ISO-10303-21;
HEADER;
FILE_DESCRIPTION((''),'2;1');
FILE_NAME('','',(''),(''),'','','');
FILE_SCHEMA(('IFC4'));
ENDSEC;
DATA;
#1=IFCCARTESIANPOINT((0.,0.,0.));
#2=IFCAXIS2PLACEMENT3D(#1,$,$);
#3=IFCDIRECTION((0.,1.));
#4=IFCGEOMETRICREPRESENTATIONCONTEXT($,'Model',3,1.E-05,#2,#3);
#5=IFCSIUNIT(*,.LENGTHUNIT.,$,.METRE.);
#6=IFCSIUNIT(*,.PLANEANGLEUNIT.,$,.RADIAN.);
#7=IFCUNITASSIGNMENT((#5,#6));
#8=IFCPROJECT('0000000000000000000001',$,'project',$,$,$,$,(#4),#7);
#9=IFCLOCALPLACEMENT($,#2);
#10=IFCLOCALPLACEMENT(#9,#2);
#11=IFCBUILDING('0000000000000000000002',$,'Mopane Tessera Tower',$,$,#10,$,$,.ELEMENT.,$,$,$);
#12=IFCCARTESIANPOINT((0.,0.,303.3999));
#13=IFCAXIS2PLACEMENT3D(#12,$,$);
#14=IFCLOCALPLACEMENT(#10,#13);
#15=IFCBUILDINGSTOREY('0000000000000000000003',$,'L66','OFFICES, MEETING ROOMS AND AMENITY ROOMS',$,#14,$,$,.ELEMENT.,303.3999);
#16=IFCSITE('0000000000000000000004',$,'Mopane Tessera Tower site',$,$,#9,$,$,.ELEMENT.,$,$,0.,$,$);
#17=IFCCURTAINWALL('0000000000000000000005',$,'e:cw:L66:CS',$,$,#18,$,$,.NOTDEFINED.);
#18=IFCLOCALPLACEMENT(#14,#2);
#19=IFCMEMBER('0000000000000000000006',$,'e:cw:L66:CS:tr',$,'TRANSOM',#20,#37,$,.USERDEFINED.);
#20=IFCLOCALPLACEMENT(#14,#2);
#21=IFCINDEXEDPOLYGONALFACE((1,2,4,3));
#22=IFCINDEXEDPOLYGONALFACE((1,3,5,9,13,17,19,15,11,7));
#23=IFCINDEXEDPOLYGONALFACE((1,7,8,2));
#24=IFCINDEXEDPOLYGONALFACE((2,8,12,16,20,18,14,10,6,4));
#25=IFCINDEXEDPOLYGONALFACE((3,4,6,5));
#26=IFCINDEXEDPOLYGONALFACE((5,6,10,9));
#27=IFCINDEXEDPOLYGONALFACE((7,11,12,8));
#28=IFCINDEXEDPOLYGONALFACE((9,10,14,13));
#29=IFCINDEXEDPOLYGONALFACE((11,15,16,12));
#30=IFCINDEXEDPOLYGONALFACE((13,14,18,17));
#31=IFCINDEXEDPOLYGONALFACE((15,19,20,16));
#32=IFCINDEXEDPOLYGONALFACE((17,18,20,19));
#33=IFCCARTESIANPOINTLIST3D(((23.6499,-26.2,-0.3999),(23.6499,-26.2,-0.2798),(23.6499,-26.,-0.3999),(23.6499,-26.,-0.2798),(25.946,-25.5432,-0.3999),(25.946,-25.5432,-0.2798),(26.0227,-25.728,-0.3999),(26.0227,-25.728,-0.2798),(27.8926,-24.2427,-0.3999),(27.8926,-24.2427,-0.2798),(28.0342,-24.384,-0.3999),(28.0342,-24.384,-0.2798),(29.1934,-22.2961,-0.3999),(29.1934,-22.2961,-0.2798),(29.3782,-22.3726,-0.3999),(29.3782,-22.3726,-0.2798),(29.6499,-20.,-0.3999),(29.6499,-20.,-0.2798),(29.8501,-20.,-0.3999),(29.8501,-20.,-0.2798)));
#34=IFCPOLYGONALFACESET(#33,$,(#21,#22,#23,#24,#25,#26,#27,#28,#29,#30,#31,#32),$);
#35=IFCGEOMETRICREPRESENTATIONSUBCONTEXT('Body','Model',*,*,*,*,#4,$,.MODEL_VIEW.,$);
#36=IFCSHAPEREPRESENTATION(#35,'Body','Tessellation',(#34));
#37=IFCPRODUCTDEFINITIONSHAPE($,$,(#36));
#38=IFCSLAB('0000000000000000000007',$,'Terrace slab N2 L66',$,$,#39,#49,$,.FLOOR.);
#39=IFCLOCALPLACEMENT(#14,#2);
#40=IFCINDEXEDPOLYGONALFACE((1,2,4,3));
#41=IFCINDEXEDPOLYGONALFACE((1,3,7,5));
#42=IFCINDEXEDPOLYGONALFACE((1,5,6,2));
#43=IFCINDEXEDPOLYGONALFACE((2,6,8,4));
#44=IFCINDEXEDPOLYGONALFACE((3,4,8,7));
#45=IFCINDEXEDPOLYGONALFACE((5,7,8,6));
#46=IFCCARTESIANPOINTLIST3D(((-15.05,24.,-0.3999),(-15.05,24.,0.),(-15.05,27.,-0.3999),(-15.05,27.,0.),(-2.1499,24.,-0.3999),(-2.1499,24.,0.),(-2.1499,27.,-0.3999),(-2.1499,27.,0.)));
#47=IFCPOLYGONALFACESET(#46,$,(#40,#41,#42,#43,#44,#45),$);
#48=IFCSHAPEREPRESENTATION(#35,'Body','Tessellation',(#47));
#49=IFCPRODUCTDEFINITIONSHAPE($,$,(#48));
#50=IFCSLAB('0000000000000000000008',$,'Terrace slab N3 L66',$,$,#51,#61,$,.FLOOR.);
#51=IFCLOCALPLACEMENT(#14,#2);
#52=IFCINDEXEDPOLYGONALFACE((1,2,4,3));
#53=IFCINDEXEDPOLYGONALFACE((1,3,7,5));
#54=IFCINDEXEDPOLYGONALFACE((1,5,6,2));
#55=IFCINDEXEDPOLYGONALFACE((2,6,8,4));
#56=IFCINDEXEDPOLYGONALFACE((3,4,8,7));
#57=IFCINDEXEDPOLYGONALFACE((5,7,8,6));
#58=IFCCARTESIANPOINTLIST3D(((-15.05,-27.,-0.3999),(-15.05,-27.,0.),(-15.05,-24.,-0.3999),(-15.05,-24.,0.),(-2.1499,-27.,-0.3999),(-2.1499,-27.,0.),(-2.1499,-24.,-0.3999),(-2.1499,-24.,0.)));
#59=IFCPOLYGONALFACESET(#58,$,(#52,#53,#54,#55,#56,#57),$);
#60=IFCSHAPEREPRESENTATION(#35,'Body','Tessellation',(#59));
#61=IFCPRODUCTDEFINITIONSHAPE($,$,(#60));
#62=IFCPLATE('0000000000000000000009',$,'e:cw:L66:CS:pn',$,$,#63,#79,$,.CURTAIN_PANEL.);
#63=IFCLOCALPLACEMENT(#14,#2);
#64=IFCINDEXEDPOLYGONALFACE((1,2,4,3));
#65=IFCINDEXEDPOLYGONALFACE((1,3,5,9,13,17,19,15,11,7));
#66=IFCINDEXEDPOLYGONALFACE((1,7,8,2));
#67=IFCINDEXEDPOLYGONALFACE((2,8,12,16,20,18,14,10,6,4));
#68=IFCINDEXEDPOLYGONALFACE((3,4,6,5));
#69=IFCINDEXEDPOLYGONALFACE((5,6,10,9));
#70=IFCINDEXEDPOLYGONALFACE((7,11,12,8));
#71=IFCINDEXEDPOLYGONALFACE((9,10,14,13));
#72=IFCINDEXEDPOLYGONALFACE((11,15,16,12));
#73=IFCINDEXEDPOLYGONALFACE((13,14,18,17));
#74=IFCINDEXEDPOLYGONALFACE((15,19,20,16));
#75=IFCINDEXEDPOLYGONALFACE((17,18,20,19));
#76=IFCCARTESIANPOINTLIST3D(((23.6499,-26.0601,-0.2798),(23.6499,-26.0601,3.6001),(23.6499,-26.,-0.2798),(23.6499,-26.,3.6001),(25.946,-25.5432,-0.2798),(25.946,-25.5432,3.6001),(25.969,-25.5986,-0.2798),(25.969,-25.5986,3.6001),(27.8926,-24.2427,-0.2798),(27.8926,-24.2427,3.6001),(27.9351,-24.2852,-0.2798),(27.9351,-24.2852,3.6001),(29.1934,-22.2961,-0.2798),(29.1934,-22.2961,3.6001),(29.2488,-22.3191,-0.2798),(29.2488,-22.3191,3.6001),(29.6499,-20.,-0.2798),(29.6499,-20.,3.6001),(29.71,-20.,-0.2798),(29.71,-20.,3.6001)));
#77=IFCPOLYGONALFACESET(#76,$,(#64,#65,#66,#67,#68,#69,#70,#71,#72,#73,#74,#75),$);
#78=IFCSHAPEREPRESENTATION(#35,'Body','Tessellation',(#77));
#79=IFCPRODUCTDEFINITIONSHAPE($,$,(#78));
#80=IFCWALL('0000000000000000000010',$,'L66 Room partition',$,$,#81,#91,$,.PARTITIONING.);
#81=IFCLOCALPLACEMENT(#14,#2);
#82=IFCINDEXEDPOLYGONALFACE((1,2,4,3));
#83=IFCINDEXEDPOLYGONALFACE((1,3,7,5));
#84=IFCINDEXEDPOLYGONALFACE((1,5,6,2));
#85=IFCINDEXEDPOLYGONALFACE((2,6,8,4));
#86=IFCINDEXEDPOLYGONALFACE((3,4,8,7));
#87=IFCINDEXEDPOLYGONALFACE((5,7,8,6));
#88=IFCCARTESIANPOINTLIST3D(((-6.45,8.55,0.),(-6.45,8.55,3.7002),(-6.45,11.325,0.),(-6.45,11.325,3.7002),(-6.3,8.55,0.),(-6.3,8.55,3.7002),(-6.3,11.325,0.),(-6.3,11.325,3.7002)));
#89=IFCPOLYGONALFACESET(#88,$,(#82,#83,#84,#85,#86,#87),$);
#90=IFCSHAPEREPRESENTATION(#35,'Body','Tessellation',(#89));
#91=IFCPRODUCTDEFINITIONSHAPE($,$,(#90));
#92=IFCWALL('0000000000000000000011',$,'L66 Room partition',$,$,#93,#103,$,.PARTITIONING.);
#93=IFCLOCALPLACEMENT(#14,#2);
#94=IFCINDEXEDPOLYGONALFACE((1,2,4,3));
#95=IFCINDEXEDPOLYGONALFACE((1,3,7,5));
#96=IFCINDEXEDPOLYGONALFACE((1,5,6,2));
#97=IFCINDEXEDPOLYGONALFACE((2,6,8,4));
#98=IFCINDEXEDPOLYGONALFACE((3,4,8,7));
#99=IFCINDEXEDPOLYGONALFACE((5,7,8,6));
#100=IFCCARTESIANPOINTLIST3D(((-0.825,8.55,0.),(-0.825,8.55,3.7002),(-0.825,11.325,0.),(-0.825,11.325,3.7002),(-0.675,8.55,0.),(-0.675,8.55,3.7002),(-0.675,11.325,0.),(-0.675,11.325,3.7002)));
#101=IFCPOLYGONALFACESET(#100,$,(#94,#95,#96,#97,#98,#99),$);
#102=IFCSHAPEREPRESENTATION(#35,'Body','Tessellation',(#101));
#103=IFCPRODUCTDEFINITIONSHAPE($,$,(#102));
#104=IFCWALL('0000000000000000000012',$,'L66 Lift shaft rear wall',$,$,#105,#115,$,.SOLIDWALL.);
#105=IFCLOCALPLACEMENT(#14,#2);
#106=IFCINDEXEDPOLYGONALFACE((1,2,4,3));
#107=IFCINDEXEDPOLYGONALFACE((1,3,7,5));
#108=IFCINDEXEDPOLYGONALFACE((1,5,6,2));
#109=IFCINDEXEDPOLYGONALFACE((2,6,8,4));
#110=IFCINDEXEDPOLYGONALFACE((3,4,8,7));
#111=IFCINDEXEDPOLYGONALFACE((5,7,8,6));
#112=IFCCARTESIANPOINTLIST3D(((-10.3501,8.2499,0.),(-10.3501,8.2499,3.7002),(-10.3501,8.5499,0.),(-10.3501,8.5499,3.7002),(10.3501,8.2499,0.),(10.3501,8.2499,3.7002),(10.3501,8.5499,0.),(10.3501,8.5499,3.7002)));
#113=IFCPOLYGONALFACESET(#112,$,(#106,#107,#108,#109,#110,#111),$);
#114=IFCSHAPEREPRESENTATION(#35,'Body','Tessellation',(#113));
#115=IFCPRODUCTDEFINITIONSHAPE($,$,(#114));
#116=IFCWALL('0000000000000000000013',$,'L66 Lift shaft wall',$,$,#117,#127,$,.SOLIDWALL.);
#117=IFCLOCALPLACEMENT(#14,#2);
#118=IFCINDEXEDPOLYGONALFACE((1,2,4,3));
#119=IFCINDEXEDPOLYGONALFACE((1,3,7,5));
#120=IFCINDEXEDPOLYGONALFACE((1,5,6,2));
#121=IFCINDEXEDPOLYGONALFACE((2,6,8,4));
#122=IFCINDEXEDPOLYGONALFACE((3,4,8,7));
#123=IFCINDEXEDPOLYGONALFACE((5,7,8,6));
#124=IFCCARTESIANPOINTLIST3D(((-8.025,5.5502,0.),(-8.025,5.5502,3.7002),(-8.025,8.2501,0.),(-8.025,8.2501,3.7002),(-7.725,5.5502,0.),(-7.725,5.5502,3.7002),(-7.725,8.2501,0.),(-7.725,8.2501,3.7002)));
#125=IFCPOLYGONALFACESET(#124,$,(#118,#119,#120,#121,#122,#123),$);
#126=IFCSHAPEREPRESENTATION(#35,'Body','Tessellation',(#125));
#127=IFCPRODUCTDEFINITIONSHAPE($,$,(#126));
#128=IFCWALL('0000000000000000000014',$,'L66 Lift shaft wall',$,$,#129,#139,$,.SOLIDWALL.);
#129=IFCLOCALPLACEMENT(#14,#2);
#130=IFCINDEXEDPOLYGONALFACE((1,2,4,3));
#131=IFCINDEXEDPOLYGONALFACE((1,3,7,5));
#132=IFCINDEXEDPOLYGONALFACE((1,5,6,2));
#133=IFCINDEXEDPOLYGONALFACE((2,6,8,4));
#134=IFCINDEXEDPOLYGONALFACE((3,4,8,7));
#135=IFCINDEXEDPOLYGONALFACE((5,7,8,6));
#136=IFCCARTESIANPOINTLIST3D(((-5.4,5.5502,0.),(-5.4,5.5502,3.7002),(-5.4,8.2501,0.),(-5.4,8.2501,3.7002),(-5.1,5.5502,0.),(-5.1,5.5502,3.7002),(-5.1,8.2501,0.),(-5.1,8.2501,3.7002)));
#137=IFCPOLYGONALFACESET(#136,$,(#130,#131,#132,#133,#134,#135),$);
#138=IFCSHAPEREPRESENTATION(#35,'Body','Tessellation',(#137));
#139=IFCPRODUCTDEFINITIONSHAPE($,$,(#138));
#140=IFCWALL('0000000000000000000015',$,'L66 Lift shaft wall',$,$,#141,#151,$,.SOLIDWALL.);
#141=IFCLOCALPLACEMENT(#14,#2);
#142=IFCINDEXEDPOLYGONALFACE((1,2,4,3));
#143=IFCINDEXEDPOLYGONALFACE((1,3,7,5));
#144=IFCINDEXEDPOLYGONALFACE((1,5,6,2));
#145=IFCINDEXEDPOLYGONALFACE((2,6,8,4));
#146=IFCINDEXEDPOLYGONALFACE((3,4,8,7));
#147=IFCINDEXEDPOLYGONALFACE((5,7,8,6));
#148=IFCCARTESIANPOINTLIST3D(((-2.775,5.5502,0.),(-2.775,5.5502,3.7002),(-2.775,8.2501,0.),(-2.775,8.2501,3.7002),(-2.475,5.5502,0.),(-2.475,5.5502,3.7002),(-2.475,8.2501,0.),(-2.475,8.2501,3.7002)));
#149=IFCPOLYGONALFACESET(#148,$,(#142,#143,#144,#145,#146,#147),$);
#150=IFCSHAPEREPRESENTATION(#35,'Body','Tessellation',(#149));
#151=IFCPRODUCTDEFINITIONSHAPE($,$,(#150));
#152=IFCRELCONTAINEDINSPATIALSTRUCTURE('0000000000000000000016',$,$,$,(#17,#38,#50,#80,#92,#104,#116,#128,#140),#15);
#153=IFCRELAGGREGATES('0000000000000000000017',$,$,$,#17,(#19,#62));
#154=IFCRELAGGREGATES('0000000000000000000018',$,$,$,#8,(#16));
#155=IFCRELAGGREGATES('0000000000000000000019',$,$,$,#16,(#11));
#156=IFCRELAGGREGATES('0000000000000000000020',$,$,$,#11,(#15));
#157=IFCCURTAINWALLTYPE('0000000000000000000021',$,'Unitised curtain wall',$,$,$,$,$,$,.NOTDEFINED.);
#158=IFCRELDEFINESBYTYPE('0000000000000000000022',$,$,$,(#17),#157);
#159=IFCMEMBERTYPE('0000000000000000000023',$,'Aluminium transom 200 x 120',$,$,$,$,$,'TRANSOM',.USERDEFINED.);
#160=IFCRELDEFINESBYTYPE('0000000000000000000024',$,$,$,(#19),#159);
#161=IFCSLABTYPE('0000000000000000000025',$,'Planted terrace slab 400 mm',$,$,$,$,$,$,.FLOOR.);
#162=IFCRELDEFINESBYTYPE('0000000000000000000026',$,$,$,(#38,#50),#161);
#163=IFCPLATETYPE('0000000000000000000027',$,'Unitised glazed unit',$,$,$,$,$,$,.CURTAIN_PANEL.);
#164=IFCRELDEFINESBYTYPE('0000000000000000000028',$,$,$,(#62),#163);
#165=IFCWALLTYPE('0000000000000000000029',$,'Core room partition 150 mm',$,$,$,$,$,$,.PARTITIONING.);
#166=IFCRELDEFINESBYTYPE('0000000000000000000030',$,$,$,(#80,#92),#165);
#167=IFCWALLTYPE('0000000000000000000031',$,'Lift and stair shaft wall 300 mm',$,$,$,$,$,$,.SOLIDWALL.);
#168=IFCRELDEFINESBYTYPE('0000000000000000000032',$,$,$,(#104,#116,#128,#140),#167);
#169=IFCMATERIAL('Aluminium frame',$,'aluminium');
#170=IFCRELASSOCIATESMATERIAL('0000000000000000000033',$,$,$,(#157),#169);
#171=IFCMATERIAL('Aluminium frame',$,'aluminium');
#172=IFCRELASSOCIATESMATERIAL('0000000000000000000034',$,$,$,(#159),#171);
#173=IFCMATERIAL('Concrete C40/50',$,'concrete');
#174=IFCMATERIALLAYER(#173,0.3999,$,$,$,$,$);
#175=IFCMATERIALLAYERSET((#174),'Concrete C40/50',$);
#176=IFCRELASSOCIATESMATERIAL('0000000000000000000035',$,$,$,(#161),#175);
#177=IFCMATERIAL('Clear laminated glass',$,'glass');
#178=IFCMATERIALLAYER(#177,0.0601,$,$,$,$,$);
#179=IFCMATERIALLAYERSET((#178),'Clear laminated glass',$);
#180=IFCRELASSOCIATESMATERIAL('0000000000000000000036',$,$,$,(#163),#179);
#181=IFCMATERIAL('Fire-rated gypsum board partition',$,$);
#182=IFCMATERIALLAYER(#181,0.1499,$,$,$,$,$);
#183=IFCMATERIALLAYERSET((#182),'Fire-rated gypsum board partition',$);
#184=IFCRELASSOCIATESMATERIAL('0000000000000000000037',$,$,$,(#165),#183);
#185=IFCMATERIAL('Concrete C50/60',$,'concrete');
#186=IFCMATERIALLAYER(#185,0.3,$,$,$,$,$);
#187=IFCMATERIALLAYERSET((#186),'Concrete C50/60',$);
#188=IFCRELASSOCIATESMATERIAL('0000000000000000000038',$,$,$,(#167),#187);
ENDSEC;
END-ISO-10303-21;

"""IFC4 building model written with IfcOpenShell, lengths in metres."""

from ifc_helpers import new_model, si_unit, direction, frame, frame_2d, origin, origin_2d, place, context, subcontext, project, spatial, polyline, rectangle, outline, extrude, material, layer, layer_set, material_profile, profile_set, type_object, element, aggregate, save


model = new_model("IFC4")

# Units and contexts
model_context = context("Model", 3, precision=1e-05, world=origin(), true_north=direction((0.0, 1.0)))
body_context = subcontext(model_context, "Body", "Model", "MODEL_VIEW")
ifc_project = project(units=[si_unit("LENGTHUNIT", "METRE"), si_unit("PLANEANGLEUNIT", "RADIAN")], contexts=[model_context])

# Site, building, storey
site_placement = place(None, origin())
site = spatial("IfcSite", under=ifc_project, at=site_placement, Name="Mopane Tessera Tower site", CompositionType="ELEMENT", RefElevation=0.0)
building_placement = place(site_placement, origin())
building = spatial("IfcBuilding", under=site, at=building_placement, Name="Mopane Tessera Tower", CompositionType="ELEMENT")
storey_placement = place(building_placement, frame((0.0, 0.0, 303.3999)))
storey = spatial("IfcBuildingStorey", under=building, at=storey_placement, Name="L66", Description="OFFICES, MEETING ROOMS AND AMENITY ROOMS", CompositionType="ELEMENT", Elevation=303.3999)

# Curtain wall, member
ifc_material_1 = material(Name="Aluminium frame", Category="aluminium")
curtain_wall_type = type_object("IfcCurtainWallType", Name="Unitised curtain wall", PredefinedType="NOTDEFINED", material=ifc_material_1)
curtain_wall_placement = place(storey_placement, origin())
curtain_wall = element("IfcCurtainWall", 1, at=curtain_wall_placement, inside=storey, type_object=curtain_wall_type, Name="e:cw:L66:CS", PredefinedType="NOTDEFINED")
ifc_material_2 = material(Name="Aluminium frame", Category="aluminium")
ifc_material_profile = material_profile(ifc_material_2, rectangle(XDim=0.2, YDim=0.1201, at=origin_2d()))
ifc_profile_set = profile_set([ifc_material_profile], Name="Aluminium frame")
member_type = type_object("IfcMemberType", Name="Aluminium transom 200 x 120", ElementType="TRANSOM", PredefinedType="USERDEFINED", material=ifc_profile_set)
member_placement = place(storey_placement, frame((0.0, 0.0, -0.3999)))
member = element("IfcMember", 2, at=member_placement, type_object=member_type, Name="e:cw:L66:CS:tr", ObjectType="TRANSOM", PredefinedType="USERDEFINED", context=body_context, shape_type="SweptSolid", body=[
    extrude(outline(polyline([(23.6499, -26.0), (25.946, -25.5432), (27.8926, -24.2427), (29.1934, -22.2961), (29.6499, -20.0), (29.8501, -20.0), (29.3782, -22.3726), (28.0342, -24.384), (26.0227, -25.728), (23.6499, -26.2), (23.6499, -26.0)])), origin(), (0.0, 0.0, 1.0), 0.1201),
])

# Slabs
ifc_material_3 = material(Name="Concrete C40/50", Category="concrete")
ifc_layer_1 = layer(ifc_material_3, 0.3999)
ifc_layer_set_1 = layer_set([ifc_layer_1], Name="Concrete C40/50")
slab_type = type_object("IfcSlabType", Name="Planted terrace slab 400 mm", PredefinedType="FLOOR", material=ifc_layer_set_1)
slab_1_placement = place(storey_placement, frame((0.0, 0.0, -0.3999)))
element("IfcSlab", 3, at=slab_1_placement, inside=storey, type_object=slab_type, Name="Terrace slab N2 L66", PredefinedType="FLOOR", context=body_context, shape_type="SweptSolid", body=[
    extrude(outline(polyline([(-15.05, 27.0), (-15.05, 24.0), (-2.1499, 24.0), (-2.1499, 27.0), (-15.05, 27.0)])), origin(), (0.0, 0.0, 1.0), 0.3999),
])
slab_2_placement = place(storey_placement, frame((0.0, 0.0, -0.3999)))
element("IfcSlab", 4, at=slab_2_placement, inside=storey, type_object=slab_type, Name="Terrace slab N3 L66", PredefinedType="FLOOR", context=body_context, shape_type="SweptSolid", body=[
    extrude(outline(polyline([(-2.1499, -27.0), (-2.1499, -24.0), (-15.05, -24.0), (-15.05, -27.0), (-2.1499, -27.0)])), origin(), (0.0, 0.0, 1.0), 0.3999),
])

# Plate
ifc_material_4 = material(Name="Clear laminated glass", Category="glass")
ifc_layer_2 = layer(ifc_material_4, 0.0601)
ifc_layer_set_2 = layer_set([ifc_layer_2], Name="Clear laminated glass")
plate_type = type_object("IfcPlateType", Name="Unitised glazed unit", PredefinedType="CURTAIN_PANEL", material=ifc_layer_set_2)
plate_placement = place(storey_placement, frame((0.0, 0.0, -0.2798)))
plate = element("IfcPlate", 5, at=plate_placement, type_object=plate_type, Name="e:cw:L66:CS:pn", PredefinedType="CURTAIN_PANEL", context=body_context, shape_type="SweptSolid", body=[
    extrude(outline(polyline([(23.6499, -26.0), (25.946, -25.5432), (27.8926, -24.2427), (29.1934, -22.2961), (29.6499, -20.0), (29.71, -20.0), (29.2488, -22.3191), (27.9351, -24.2852), (25.969, -25.5986), (23.6499, -26.0601), (23.6499, -26.0)])), origin(), (0.0, 0.0, 1.0), 3.8799),
])
aggregate(curtain_wall, [member, plate])

# Walls
ifc_material_5 = material(Name="Fire-rated gypsum board partition")
ifc_layer_3 = layer(ifc_material_5, 0.1499)
ifc_layer_set_3 = layer_set([ifc_layer_3], Name="Fire-rated gypsum board partition")
wall_type_1 = type_object("IfcWallType", Name="Core room partition 150 mm", PredefinedType="PARTITIONING", material=ifc_layer_set_3)
for number, where, z_axis, x_axis, name in (
    (6, (-6.375, 8.55, 0.0), (0.0, 0.0, 1.0), (0.0, 1.0, 0.0), "L66 Room partition"),
    (7, (-0.75, 8.55, 0.0), (0.0, 0.0, 1.0), (0.0, 1.0, 0.0), "L66 Room partition"),
):
    element("IfcWall", number, at=place(storey_placement, frame(where, z_axis=z_axis, x_axis=x_axis)), inside=storey, type_object=wall_type_1, Name=name, PredefinedType="PARTITIONING", context=body_context, shape_type="SweptSolid", body=[
        extrude(rectangle(XDim=2.7749, YDim=0.1499, at=frame_2d((1.3875, 0.0))), origin(), (0.0, 0.0, 1.0), 3.7002),
    ])
ifc_material_6 = material(Name="Concrete C50/60", Category="concrete")
ifc_layer_4 = layer(ifc_material_6, 0.3)
ifc_layer_set_4 = layer_set([ifc_layer_4], Name="Concrete C50/60")
wall_type_2 = type_object("IfcWallType", Name="Lift and stair shaft wall 300 mm", PredefinedType="SOLIDWALL", material=ifc_layer_set_4)
wall_1_placement = place(storey_placement, frame((-10.3501, 8.3999, 0.0), z_axis=(0.0, 0.0, 1.0), x_axis=(1.0, 0.0, 0.0)))
element("IfcWall", 8, at=wall_1_placement, inside=storey, type_object=wall_type_2, Name="L66 Lift shaft rear wall", PredefinedType="SOLIDWALL", context=body_context, shape_type="SweptSolid", body=[
    extrude(rectangle(XDim=20.7002, YDim=0.3, at=frame_2d((10.3501, 0.0))), origin(), (0.0, 0.0, 1.0), 3.7002),
])
for number, where, z_axis, x_axis, name in (
    (9, (-7.875, 5.55, 0.0), (0.0, 0.0, 1.0), (0.0, 1.0, 0.0), "L66 Lift shaft wall"),
    (10, (-5.25, 5.55, 0.0), (0.0, 0.0, 1.0), (0.0, 1.0, 0.0), "L66 Lift shaft wall"),
    (11, (-2.625, 5.55, 0.0), (0.0, 0.0, 1.0), (0.0, 1.0, 0.0), "L66 Lift shaft wall"),
):
    element("IfcWall", number, at=place(storey_placement, frame(where, z_axis=z_axis, x_axis=x_axis)), inside=storey, type_object=wall_type_2, Name=name, PredefinedType="SOLIDWALL", context=body_context, shape_type="SweptSolid", body=[
        extrude(rectangle(XDim=2.7, YDim=0.3, at=frame_2d((1.3501, 0.0))), origin(), (0.0, 0.0, 1.0), 3.7002),
    ])

save(model, "model.ifc")
